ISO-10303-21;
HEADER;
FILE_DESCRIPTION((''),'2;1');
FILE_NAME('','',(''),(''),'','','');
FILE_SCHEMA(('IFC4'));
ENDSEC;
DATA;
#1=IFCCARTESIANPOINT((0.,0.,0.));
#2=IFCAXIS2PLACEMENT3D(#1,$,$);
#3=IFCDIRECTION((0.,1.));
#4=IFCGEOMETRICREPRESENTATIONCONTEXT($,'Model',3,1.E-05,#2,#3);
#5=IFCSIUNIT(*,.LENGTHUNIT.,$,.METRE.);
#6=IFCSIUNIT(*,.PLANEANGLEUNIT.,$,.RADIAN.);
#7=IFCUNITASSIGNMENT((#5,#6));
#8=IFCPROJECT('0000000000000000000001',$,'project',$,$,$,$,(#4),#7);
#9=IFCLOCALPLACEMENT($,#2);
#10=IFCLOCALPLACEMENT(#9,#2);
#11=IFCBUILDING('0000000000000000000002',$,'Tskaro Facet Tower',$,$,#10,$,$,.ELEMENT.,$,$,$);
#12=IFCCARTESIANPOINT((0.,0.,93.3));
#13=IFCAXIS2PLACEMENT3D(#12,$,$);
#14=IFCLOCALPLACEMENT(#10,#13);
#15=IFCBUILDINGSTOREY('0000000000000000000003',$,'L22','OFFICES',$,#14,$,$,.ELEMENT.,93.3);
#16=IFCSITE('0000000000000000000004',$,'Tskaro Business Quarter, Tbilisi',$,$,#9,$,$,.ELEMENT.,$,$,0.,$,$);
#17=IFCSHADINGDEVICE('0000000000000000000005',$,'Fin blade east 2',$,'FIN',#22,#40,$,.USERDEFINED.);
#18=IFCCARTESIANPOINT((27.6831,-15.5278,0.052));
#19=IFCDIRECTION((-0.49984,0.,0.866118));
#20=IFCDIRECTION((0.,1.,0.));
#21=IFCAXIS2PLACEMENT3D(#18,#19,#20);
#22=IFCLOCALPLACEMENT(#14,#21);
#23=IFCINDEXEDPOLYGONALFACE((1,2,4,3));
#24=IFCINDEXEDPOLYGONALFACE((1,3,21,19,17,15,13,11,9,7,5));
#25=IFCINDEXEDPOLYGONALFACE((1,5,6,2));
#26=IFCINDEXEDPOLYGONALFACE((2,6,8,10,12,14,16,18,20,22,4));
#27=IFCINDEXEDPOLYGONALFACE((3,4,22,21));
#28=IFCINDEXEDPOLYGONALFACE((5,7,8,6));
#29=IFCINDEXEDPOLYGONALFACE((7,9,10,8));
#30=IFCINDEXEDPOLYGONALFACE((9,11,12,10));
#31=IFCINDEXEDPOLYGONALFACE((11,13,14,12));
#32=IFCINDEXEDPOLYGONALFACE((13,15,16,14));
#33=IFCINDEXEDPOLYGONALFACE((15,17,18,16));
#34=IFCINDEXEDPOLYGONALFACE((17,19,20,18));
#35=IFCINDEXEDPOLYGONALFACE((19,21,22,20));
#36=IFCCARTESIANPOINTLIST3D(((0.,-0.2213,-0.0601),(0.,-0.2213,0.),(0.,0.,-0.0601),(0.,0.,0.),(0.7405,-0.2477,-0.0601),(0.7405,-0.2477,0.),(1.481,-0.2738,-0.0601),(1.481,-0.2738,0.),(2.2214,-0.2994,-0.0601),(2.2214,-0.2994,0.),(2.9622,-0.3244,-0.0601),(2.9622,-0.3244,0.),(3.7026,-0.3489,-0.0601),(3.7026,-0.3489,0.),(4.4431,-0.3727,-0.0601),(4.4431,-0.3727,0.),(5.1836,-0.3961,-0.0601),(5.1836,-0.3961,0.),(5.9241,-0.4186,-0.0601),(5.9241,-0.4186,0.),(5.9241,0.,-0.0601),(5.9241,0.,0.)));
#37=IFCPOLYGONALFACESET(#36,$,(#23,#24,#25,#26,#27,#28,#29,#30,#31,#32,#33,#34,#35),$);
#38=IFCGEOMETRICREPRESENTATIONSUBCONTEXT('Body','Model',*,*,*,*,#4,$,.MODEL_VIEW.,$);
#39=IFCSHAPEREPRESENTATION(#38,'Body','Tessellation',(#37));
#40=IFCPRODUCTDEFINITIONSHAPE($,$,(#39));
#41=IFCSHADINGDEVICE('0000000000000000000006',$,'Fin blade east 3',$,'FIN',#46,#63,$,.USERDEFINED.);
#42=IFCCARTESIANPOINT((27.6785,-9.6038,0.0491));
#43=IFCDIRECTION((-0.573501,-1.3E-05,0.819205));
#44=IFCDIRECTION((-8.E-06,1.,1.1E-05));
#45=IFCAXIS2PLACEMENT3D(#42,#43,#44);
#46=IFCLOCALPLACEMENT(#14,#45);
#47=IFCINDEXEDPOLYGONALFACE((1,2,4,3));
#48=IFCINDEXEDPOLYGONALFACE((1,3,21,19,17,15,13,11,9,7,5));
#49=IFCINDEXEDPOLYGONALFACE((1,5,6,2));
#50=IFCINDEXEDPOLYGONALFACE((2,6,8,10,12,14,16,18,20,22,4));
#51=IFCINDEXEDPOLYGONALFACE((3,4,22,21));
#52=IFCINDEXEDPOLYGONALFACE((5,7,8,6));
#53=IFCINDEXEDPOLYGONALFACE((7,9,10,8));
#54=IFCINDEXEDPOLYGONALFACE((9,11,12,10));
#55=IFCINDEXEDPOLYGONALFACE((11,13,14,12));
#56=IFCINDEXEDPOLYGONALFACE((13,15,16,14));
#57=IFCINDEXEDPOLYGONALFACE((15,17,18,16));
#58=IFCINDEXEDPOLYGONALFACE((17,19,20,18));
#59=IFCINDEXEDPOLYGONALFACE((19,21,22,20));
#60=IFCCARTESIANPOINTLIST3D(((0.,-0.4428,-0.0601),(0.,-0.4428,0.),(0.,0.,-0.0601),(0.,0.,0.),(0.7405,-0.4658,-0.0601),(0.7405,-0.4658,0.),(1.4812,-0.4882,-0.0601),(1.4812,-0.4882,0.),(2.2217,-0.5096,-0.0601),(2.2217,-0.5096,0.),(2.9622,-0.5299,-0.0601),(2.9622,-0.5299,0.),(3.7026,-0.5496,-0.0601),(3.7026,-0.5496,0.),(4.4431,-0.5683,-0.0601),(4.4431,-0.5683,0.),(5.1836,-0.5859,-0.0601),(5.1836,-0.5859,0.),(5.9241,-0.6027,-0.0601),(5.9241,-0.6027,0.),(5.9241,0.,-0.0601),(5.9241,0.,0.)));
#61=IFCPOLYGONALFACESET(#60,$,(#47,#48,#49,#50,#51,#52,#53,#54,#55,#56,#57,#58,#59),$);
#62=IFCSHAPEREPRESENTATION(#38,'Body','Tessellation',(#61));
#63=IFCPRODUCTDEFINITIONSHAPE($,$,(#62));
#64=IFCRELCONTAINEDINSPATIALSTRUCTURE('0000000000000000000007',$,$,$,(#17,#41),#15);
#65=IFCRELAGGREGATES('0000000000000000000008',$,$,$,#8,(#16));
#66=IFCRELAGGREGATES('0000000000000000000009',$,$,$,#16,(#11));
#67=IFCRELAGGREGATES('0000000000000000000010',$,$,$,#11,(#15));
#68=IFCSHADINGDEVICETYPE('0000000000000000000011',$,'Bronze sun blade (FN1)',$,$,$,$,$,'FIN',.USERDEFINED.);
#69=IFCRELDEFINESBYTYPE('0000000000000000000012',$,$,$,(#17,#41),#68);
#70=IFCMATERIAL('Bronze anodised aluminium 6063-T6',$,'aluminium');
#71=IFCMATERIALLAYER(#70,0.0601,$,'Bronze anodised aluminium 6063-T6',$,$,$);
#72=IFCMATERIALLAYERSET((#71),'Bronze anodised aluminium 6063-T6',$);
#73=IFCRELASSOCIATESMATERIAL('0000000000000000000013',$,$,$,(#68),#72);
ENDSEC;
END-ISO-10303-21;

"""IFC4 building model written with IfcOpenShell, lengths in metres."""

from ifc_helpers import new_model, si_unit, direction, frame, origin, place, context, subcontext, project, spatial, polyline, outline, extrude, material, layer, layer_set, type_object, element, save


model = new_model("IFC4")

# Units and contexts
model_context = context("Model", 3, precision=1e-05, world=origin(), true_north=direction((0.0, 1.0)))
body_context = subcontext(model_context, "Body", "Model", "MODEL_VIEW")
ifc_project = project(units=[si_unit("LENGTHUNIT", "METRE"), si_unit("PLANEANGLEUNIT", "RADIAN")], contexts=[model_context])

# Site, building, storey
site_placement = place(None, origin())
site = spatial("IfcSite", under=ifc_project, at=site_placement, Name="Tskaro Business Quarter, Tbilisi", CompositionType="ELEMENT", RefElevation=0.0)
building_placement = place(site_placement, origin())
building = spatial("IfcBuilding", under=site, at=building_placement, Name="Tskaro Facet Tower", CompositionType="ELEMENT")
storey_placement = place(building_placement, frame((0.0, 0.0, 93.3)))
storey = spatial("IfcBuildingStorey", under=building, at=storey_placement, Name="L22", Description="OFFICES", CompositionType="ELEMENT", Elevation=93.3)

# Shared definitions
ifc_material_1 = material(Name="Bronze anodised aluminium 6063-T6", Category="aluminium")

# Shading devices
ifc_layer_1 = layer(ifc_material_1, 0.0601, Name="Bronze anodised aluminium 6063-T6")
ifc_layer_set_1 = layer_set([ifc_layer_1], Name="Bronze anodised aluminium 6063-T6")
shading_device_type = type_object("IfcShadingDeviceType", Name="Bronze sun blade (FN1)", ElementType="FIN", PredefinedType="USERDEFINED", material=ifc_layer_set_1)
shading_device_1_placement = place(storey_placement, frame((27.6831, -15.5278, 0.052), z_axis=(-0.49984, 0.0, 0.866118), x_axis=(0.0, 1.0, 0.0)))
element("IfcShadingDevice", 1, at=shading_device_1_placement, inside=storey, type_object=shading_device_type, Name="Fin blade east 2", ObjectType="FIN", PredefinedType="USERDEFINED", context=body_context, shape_type="SweptSolid", body=[
    extrude(outline(polyline([(0.0, 0.0), (5.9241, 0.0), (5.9241, -0.4186), (5.1836, -0.3961), (4.4431, -0.3727), (3.7026, -0.3489), (2.9622, -0.3244), (2.2214, -0.2994), (1.481, -0.2738), (0.7405, -0.2477), (0.0, -0.2213), (0.0, 0.0)])), origin(), (0.0, 0.0, -1.0), 0.0601),
])
shading_device_2_placement = place(storey_placement, frame((27.6785, -9.6038, 0.0491), z_axis=(-0.573501, -0.000013, 0.819205), x_axis=(-0.000008, 1.0, 0.000011)))
element("IfcShadingDevice", 2, at=shading_device_2_placement, inside=storey, type_object=shading_device_type, Name="Fin blade east 3", ObjectType="FIN", PredefinedType="USERDEFINED", context=body_context, shape_type="SweptSolid", body=[
    extrude(outline(polyline([(0.0, 0.0), (5.9241, 0.0), (5.9241, -0.6027), (5.1836, -0.5859), (4.4431, -0.5683), (3.7026, -0.5496), (2.9622, -0.5299), (2.2217, -0.5096), (1.4812, -0.4882), (0.7405, -0.4658), (0.0, -0.4428), (0.0, 0.0)])), origin(), (0.0, 0.0, -1.0), 0.0601),
])

save(model, "model.ifc")
